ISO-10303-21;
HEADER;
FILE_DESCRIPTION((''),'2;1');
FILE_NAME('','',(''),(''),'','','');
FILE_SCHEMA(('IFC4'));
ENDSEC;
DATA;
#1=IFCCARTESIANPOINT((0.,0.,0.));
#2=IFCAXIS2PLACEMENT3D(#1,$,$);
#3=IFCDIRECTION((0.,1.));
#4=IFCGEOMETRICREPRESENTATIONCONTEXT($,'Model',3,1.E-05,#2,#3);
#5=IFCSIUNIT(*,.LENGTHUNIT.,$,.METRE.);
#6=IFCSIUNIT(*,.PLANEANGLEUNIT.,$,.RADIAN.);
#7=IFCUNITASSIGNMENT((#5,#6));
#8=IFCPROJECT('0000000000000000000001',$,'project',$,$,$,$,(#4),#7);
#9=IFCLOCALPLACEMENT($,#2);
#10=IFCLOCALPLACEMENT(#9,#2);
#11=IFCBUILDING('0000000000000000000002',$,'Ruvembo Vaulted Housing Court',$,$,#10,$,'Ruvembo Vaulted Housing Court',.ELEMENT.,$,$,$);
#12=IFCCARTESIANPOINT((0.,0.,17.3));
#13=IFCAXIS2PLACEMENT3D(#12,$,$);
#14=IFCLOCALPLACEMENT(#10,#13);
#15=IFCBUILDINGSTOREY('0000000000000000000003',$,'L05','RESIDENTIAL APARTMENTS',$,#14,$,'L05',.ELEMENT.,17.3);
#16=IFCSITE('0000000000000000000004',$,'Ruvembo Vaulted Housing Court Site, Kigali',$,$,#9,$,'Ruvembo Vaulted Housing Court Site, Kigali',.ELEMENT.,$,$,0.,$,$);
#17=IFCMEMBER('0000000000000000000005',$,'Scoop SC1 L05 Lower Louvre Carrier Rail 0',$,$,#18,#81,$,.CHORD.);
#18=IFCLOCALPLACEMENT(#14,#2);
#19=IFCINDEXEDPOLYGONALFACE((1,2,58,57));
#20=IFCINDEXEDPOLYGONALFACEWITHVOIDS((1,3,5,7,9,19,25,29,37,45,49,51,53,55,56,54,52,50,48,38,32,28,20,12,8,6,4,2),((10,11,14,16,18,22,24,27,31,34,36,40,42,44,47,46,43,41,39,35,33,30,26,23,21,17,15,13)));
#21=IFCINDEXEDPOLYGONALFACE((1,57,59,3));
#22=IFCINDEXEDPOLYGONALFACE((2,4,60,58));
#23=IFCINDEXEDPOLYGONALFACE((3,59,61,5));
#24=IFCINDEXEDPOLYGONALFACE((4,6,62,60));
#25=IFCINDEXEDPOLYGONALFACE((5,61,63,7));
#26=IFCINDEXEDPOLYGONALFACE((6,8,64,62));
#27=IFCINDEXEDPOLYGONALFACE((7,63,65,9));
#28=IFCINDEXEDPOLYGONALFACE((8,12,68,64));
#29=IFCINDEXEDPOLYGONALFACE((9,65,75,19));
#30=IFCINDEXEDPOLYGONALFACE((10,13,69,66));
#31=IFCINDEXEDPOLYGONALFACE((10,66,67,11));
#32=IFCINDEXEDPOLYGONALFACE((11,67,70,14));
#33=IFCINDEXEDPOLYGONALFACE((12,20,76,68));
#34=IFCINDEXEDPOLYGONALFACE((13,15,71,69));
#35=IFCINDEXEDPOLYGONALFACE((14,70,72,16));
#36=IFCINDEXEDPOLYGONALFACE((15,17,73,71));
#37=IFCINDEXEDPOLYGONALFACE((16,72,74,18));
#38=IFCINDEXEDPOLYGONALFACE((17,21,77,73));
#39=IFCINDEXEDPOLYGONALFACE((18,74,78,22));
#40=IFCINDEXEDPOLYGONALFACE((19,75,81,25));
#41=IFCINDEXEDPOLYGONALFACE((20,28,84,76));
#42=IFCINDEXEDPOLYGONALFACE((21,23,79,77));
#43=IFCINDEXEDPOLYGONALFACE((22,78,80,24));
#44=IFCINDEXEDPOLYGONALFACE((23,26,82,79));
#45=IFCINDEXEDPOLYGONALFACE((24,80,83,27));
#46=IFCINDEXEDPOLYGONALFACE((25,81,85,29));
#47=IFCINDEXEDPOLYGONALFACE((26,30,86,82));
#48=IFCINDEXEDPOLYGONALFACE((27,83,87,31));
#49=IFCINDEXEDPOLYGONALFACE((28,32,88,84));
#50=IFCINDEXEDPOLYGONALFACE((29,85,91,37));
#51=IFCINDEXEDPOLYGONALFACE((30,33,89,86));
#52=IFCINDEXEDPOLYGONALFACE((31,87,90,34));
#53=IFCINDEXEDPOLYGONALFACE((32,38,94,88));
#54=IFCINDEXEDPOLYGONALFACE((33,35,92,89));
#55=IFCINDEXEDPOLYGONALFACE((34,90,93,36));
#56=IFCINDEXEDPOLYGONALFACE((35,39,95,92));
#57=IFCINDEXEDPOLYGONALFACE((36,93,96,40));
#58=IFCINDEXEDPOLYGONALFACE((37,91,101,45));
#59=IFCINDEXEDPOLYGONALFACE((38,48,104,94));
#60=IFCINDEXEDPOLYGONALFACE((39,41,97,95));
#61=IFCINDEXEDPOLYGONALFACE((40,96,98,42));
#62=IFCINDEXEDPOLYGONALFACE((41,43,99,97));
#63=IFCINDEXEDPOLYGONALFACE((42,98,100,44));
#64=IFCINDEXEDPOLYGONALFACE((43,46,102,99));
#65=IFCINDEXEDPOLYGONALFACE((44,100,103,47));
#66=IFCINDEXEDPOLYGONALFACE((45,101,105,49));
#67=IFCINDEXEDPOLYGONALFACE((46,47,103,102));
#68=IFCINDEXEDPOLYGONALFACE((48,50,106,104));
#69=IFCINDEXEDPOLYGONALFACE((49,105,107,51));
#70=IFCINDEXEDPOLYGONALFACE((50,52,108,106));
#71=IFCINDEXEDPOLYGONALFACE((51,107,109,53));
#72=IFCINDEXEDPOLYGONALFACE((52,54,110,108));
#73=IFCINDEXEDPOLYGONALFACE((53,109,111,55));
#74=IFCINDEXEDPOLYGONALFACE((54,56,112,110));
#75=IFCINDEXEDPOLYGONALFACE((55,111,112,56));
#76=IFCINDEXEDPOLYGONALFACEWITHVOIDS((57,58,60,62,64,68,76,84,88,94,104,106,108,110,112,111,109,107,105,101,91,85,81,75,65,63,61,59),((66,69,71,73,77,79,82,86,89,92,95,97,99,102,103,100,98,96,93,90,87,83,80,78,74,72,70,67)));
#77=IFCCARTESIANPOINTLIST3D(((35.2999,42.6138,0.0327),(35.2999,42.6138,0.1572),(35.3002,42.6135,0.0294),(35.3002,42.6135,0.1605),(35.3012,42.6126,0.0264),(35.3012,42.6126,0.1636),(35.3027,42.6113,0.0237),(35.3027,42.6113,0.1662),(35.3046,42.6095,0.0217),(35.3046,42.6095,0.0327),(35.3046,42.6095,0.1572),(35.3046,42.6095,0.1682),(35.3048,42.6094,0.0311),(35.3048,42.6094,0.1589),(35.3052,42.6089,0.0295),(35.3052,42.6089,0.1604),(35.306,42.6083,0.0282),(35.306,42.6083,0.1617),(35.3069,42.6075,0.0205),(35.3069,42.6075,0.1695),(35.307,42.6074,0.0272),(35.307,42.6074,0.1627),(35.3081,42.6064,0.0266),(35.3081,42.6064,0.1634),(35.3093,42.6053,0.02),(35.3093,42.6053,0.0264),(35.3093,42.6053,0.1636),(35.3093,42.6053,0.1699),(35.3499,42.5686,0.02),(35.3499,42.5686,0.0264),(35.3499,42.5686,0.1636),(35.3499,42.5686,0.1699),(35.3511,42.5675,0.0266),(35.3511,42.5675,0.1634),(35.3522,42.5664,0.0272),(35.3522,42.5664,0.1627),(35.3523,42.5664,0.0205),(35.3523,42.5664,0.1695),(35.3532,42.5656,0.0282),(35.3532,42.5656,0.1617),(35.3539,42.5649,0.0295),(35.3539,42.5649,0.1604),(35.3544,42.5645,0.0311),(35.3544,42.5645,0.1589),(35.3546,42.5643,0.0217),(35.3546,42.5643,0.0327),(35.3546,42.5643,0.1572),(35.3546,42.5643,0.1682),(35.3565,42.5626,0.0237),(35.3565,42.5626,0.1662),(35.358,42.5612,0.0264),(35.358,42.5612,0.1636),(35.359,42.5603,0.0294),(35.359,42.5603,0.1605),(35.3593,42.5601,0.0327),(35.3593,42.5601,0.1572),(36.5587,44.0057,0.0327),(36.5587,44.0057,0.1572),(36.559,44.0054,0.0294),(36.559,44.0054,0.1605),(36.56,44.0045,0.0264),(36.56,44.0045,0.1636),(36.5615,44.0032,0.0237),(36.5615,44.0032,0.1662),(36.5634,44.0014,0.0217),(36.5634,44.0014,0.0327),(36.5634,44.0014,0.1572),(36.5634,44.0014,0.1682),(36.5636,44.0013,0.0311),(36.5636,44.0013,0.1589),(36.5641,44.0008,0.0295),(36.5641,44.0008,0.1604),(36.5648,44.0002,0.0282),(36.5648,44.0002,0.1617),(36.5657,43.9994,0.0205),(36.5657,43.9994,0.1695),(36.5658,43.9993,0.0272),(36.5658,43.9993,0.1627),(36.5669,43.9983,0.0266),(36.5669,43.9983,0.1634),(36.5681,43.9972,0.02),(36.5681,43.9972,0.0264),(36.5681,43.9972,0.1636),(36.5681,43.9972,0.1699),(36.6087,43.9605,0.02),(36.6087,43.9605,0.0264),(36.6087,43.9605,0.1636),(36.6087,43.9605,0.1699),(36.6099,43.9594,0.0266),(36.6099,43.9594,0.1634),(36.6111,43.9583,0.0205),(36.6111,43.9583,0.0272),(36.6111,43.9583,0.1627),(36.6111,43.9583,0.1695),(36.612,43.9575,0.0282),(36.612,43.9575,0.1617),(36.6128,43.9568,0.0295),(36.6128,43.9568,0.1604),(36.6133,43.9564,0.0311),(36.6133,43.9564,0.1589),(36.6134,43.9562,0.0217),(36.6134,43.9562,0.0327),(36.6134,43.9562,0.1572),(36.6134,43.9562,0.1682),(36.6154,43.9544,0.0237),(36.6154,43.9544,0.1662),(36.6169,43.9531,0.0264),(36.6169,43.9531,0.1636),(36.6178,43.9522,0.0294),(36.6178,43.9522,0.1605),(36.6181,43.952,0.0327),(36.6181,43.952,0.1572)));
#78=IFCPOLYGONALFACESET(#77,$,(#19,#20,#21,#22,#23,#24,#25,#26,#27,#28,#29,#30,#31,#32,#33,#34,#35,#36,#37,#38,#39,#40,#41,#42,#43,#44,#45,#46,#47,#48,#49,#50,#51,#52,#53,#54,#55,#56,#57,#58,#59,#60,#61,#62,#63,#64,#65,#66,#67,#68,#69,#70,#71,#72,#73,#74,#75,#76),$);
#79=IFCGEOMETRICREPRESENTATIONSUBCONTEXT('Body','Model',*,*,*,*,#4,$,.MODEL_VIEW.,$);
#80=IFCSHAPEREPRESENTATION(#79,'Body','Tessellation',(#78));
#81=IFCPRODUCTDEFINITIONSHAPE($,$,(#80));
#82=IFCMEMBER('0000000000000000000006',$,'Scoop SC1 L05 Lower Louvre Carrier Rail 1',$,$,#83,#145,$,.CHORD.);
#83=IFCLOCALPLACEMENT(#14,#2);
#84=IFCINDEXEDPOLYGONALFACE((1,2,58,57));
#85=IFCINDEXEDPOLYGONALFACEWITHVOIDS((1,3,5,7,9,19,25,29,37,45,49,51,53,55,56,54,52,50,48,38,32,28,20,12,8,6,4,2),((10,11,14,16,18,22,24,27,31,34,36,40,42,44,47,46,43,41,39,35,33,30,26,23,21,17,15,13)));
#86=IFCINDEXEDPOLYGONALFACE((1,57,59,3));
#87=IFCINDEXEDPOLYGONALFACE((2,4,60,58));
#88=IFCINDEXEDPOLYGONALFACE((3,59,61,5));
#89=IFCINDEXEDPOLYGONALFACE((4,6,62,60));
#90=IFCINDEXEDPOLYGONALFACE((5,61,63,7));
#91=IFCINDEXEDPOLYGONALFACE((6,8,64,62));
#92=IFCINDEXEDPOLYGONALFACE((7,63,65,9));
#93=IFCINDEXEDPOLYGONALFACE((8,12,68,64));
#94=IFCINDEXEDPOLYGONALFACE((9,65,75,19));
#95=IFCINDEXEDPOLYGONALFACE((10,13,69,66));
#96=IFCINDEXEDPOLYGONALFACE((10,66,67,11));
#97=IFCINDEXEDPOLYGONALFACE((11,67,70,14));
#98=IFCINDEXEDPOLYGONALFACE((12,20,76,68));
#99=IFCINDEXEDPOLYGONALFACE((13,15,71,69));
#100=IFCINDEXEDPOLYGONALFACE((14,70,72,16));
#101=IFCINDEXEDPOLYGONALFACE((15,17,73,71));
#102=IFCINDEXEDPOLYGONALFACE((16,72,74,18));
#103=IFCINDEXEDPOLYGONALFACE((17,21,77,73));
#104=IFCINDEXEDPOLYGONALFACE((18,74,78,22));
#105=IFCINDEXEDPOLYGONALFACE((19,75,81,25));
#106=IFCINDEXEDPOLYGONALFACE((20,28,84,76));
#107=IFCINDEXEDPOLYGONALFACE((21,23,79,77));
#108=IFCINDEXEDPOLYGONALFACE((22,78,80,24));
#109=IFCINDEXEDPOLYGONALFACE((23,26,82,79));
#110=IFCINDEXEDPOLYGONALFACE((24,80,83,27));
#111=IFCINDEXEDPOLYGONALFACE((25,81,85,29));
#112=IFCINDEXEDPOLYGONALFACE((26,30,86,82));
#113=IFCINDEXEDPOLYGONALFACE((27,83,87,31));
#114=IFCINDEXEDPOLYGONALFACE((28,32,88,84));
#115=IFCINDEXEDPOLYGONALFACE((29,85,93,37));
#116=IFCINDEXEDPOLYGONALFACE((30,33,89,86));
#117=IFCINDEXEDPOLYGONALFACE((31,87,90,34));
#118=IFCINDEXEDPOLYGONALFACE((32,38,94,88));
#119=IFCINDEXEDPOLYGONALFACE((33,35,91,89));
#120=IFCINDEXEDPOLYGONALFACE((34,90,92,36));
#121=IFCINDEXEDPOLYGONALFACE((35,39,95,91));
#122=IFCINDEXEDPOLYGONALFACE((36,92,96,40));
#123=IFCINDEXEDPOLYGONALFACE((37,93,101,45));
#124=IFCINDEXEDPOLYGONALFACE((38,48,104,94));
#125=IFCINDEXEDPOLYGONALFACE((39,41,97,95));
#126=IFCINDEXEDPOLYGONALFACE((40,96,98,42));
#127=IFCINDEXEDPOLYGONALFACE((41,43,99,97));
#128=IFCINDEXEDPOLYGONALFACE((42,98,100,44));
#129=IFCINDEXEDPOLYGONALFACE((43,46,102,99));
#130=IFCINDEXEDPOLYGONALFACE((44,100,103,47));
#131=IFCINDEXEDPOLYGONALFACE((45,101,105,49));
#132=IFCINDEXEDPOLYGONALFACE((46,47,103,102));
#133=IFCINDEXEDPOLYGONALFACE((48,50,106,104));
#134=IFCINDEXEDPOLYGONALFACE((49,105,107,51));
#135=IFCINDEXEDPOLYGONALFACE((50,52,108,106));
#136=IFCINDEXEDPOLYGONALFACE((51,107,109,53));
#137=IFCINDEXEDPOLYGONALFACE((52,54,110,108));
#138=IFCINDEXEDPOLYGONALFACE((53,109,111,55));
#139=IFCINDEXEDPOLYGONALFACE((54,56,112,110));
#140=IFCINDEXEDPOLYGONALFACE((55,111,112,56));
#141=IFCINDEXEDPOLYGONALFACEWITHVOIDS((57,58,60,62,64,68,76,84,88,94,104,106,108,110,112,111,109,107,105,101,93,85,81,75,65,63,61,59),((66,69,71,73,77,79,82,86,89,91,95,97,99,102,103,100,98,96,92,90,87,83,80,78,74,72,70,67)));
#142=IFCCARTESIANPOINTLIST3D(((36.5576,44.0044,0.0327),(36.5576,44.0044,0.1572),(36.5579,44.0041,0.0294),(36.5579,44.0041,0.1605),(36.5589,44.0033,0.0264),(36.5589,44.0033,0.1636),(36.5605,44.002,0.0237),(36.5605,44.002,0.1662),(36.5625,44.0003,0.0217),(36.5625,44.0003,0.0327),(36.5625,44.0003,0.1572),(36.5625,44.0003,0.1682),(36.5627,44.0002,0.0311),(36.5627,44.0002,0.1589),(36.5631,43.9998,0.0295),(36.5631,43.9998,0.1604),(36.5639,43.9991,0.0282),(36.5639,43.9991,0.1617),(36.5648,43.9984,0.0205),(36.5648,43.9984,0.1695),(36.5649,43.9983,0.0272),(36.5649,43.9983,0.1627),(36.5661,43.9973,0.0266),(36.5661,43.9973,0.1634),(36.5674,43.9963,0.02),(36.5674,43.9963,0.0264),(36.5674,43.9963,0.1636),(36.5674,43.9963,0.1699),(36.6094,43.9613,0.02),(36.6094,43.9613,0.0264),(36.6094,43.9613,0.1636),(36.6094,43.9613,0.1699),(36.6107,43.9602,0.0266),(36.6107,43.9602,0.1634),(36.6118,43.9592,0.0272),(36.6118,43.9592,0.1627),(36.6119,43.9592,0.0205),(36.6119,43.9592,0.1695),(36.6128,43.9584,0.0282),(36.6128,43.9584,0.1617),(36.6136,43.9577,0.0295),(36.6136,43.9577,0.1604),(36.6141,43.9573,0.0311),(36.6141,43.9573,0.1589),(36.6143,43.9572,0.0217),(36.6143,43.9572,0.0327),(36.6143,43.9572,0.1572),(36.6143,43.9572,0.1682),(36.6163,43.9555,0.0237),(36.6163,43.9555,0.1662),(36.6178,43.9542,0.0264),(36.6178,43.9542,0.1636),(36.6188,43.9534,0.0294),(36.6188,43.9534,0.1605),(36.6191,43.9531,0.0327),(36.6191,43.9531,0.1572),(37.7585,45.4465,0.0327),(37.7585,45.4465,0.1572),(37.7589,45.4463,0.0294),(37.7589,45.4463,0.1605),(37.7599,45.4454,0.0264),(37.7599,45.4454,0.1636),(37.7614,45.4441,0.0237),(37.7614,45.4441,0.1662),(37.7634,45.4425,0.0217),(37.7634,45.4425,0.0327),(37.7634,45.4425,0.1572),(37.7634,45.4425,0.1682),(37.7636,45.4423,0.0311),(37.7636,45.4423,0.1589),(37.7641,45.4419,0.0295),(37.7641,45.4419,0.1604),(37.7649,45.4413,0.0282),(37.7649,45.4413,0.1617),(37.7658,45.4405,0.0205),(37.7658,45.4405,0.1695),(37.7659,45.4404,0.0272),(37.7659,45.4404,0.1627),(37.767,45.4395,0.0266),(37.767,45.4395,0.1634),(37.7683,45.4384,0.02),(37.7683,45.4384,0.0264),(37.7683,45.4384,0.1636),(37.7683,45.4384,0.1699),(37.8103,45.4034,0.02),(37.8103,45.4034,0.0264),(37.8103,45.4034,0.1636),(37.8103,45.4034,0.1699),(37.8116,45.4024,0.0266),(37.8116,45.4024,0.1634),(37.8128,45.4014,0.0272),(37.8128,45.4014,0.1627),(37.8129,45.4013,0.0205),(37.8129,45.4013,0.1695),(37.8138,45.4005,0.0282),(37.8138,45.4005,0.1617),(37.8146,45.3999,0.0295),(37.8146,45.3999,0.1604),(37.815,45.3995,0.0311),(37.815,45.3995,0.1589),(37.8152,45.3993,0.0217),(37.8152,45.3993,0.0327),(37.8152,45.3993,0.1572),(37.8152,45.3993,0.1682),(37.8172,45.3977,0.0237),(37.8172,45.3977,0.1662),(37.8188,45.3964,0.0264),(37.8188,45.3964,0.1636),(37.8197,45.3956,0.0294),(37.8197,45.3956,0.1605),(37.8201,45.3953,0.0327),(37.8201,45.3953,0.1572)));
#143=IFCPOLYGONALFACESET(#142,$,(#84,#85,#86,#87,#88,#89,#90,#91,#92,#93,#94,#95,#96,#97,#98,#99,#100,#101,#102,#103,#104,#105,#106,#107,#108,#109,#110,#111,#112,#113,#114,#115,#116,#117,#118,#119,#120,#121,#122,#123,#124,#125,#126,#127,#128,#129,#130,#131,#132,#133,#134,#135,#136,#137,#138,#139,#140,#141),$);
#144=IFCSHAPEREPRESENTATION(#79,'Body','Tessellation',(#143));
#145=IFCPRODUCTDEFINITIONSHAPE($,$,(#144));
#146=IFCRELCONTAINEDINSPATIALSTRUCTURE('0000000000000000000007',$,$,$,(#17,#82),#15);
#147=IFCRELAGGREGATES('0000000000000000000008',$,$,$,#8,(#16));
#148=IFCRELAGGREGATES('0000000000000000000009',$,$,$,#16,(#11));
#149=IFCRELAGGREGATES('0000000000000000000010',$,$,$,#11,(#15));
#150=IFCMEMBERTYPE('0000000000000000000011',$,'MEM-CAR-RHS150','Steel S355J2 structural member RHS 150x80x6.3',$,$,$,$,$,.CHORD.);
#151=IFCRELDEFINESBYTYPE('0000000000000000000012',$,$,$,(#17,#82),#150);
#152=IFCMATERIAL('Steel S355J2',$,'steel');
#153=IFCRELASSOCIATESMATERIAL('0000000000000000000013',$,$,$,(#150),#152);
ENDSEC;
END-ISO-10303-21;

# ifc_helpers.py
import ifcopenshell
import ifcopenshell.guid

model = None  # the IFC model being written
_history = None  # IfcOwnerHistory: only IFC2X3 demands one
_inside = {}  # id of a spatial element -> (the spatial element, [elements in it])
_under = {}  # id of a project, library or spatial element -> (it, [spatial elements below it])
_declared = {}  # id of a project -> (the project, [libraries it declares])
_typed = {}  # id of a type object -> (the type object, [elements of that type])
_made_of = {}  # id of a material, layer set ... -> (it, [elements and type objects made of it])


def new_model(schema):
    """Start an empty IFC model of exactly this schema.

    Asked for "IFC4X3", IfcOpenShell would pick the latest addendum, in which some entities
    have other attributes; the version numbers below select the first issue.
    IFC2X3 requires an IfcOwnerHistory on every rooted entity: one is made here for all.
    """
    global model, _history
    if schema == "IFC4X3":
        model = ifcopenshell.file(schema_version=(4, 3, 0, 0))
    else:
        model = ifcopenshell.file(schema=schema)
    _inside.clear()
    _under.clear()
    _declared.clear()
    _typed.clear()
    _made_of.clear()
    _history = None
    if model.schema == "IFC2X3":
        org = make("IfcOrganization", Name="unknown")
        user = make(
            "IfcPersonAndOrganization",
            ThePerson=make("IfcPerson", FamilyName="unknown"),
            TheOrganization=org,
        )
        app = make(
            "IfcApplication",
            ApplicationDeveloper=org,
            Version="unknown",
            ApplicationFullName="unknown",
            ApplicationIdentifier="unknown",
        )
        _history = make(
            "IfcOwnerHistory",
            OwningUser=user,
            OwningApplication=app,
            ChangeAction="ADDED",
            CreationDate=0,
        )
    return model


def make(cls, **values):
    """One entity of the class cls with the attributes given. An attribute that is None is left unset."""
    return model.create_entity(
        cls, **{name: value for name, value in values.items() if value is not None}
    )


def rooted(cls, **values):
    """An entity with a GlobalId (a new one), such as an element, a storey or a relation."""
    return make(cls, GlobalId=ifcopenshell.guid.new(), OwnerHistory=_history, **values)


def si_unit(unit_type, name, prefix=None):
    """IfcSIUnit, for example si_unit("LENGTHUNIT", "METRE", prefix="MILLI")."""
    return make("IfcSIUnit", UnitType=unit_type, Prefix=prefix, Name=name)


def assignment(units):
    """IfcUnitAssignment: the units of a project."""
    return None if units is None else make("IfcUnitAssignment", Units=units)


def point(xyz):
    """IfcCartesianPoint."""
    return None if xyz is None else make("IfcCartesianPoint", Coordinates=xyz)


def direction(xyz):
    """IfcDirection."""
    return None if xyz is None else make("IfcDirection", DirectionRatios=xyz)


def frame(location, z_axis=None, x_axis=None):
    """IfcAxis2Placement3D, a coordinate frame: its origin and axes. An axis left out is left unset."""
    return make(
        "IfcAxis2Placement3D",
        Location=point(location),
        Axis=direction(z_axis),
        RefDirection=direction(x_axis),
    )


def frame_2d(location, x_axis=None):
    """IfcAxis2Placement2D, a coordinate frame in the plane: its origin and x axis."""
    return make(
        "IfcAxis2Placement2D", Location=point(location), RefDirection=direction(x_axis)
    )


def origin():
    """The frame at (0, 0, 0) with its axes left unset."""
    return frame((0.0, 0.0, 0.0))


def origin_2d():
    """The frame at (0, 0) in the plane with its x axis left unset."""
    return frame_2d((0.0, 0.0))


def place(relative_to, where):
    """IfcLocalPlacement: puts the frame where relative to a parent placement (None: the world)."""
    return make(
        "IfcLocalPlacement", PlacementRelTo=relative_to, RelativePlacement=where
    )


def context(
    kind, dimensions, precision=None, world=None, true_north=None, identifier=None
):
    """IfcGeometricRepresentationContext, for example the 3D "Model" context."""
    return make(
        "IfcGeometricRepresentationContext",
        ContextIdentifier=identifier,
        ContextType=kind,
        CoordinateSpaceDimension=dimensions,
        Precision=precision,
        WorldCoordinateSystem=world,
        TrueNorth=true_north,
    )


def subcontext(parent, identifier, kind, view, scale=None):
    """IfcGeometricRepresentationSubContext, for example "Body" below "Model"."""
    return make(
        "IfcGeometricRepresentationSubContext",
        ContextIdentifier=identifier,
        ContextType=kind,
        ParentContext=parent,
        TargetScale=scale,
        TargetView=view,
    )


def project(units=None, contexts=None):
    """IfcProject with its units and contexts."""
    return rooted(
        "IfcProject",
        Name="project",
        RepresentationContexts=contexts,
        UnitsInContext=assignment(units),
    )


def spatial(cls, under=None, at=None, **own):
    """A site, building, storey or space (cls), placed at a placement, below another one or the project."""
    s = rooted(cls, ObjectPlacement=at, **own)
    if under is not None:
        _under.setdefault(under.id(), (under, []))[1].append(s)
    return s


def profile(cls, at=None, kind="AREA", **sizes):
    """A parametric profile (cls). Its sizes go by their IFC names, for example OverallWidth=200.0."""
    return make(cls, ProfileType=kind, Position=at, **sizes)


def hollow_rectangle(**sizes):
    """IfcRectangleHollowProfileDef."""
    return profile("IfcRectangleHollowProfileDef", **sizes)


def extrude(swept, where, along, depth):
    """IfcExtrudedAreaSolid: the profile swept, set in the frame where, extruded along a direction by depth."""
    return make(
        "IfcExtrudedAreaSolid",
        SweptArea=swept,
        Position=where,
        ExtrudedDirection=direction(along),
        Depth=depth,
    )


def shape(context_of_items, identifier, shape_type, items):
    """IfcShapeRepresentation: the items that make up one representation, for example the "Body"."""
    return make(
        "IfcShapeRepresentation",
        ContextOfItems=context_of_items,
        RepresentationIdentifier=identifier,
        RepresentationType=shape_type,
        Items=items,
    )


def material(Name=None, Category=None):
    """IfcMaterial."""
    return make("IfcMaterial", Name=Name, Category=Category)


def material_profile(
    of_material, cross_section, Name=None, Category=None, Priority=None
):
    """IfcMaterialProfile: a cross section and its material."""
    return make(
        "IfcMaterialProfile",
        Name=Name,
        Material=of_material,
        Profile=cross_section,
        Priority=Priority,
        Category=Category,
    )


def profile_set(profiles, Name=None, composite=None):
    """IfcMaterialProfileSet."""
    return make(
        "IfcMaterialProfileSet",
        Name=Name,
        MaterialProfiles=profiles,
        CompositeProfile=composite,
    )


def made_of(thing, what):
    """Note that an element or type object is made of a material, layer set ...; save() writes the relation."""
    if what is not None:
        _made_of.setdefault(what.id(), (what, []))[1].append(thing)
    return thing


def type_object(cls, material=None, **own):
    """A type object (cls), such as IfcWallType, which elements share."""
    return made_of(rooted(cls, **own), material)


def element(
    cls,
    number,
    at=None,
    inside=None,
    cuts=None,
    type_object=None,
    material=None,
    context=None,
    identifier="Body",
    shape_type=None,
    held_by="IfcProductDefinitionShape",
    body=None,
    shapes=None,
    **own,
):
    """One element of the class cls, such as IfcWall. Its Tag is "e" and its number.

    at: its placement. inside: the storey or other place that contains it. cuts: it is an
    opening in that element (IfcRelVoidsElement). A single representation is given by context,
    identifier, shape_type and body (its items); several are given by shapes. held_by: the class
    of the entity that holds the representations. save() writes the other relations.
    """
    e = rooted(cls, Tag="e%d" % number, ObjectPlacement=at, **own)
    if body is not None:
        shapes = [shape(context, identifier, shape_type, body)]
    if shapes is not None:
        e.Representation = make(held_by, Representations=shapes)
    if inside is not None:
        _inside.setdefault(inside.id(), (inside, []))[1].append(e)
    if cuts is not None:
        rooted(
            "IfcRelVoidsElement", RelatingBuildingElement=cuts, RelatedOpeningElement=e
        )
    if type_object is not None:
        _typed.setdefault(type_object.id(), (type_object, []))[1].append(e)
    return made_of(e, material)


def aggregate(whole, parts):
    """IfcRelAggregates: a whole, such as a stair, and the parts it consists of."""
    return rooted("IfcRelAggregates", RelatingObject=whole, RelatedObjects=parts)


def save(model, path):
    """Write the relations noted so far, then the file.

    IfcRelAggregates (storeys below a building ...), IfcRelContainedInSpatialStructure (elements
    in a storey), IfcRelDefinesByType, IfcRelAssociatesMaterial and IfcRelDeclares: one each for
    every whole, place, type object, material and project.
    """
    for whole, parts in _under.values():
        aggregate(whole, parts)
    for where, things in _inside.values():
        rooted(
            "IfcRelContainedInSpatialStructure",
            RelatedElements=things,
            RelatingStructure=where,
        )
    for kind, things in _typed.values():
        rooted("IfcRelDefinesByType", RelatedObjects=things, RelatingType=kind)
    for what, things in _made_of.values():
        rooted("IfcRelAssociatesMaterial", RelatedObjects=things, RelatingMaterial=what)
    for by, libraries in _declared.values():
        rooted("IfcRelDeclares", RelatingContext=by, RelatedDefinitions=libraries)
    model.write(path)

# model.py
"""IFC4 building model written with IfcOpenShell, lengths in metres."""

from ifc_helpers import new_model, si_unit, direction, frame, origin, origin_2d, place, context, subcontext, project, spatial, hollow_rectangle, extrude, material, material_profile, profile_set, type_object, element, save


model = new_model("IFC4")

# Units and contexts
model_context = context("Model", 3, precision=1e-05, world=origin(), true_north=direction((0.0, 1.0)))
body_context = subcontext(model_context, "Body", "Model", "MODEL_VIEW")
ifc_project = project(units=[si_unit("LENGTHUNIT", "METRE"), si_unit("PLANEANGLEUNIT", "RADIAN")], contexts=[model_context])

# Site, building, storey
site_placement = place(None, origin())
site = spatial("IfcSite", under=ifc_project, at=site_placement, Name="Ruvembo Vaulted Housing Court Site, Kigali", LongName="Ruvembo Vaulted Housing Court Site, Kigali", CompositionType="ELEMENT", RefElevation=0.0)
building_placement = place(site_placement, origin())
building = spatial("IfcBuilding", under=site, at=building_placement, Name="Ruvembo Vaulted Housing Court", LongName="Ruvembo Vaulted Housing Court", CompositionType="ELEMENT")
storey_placement = place(building_placement, frame((0.0, 0.0, 17.3)))
storey = spatial("IfcBuildingStorey", under=building, at=storey_placement, Name="L05", Description="RESIDENTIAL APARTMENTS", LongName="L05", CompositionType="ELEMENT", Elevation=17.3)

# Shared definitions
ifc_material_1 = material(Name="Steel S355J2", Category="steel")

# Members
ifc_material_profile_1 = material_profile(ifc_material_1, hollow_rectangle(XDim=0.0801, YDim=0.1499, WallThickness=0.0063, InnerFilletRadius=0.0063, OuterFilletRadius=0.0127, at=origin_2d()), Name="RHS 150x80x6.3")
ifc_profile_set_1 = profile_set([ifc_material_profile_1], Name="Steel S355J2")
member_type_1 = type_object("IfcMemberType", Name="MEM-CAR-RHS150", Description="Steel S355J2 structural member RHS 150x80x6.3", PredefinedType="CHORD", material=ifc_profile_set_1)
for number, where, z_axis, x_axis, name in (
    (1, (35.3296, 42.5869, 0.095), (0.670767, 0.741668, 0.0), (-0.741668, 0.670767, 0.0), "Scoop SC1 L05 Lower Louvre Carrier Rail 0"),
    (2, (36.5884, 43.9788, 0.095), (0.639916, 0.768445, 0.0), (-0.768445, 0.639916, 0.0), "Scoop SC1 L05 Lower Louvre Carrier Rail 1"),
):
    element("IfcMember", number, at=place(storey_placement, frame(where, z_axis=z_axis, x_axis=x_axis)), inside=storey, type_object=member_type_1, Name=name, PredefinedType="CHORD", context=body_context, shape_type="SweptSolid", body=[
        extrude(hollow_rectangle(XDim=0.0801, YDim=0.1499, WallThickness=0.0063, InnerFilletRadius=0.0063, OuterFilletRadius=0.0127, at=origin_2d()), origin(), (0.0, 0.0, 1.0), 1.8767),
    ])

save(model, "model.ifc")
